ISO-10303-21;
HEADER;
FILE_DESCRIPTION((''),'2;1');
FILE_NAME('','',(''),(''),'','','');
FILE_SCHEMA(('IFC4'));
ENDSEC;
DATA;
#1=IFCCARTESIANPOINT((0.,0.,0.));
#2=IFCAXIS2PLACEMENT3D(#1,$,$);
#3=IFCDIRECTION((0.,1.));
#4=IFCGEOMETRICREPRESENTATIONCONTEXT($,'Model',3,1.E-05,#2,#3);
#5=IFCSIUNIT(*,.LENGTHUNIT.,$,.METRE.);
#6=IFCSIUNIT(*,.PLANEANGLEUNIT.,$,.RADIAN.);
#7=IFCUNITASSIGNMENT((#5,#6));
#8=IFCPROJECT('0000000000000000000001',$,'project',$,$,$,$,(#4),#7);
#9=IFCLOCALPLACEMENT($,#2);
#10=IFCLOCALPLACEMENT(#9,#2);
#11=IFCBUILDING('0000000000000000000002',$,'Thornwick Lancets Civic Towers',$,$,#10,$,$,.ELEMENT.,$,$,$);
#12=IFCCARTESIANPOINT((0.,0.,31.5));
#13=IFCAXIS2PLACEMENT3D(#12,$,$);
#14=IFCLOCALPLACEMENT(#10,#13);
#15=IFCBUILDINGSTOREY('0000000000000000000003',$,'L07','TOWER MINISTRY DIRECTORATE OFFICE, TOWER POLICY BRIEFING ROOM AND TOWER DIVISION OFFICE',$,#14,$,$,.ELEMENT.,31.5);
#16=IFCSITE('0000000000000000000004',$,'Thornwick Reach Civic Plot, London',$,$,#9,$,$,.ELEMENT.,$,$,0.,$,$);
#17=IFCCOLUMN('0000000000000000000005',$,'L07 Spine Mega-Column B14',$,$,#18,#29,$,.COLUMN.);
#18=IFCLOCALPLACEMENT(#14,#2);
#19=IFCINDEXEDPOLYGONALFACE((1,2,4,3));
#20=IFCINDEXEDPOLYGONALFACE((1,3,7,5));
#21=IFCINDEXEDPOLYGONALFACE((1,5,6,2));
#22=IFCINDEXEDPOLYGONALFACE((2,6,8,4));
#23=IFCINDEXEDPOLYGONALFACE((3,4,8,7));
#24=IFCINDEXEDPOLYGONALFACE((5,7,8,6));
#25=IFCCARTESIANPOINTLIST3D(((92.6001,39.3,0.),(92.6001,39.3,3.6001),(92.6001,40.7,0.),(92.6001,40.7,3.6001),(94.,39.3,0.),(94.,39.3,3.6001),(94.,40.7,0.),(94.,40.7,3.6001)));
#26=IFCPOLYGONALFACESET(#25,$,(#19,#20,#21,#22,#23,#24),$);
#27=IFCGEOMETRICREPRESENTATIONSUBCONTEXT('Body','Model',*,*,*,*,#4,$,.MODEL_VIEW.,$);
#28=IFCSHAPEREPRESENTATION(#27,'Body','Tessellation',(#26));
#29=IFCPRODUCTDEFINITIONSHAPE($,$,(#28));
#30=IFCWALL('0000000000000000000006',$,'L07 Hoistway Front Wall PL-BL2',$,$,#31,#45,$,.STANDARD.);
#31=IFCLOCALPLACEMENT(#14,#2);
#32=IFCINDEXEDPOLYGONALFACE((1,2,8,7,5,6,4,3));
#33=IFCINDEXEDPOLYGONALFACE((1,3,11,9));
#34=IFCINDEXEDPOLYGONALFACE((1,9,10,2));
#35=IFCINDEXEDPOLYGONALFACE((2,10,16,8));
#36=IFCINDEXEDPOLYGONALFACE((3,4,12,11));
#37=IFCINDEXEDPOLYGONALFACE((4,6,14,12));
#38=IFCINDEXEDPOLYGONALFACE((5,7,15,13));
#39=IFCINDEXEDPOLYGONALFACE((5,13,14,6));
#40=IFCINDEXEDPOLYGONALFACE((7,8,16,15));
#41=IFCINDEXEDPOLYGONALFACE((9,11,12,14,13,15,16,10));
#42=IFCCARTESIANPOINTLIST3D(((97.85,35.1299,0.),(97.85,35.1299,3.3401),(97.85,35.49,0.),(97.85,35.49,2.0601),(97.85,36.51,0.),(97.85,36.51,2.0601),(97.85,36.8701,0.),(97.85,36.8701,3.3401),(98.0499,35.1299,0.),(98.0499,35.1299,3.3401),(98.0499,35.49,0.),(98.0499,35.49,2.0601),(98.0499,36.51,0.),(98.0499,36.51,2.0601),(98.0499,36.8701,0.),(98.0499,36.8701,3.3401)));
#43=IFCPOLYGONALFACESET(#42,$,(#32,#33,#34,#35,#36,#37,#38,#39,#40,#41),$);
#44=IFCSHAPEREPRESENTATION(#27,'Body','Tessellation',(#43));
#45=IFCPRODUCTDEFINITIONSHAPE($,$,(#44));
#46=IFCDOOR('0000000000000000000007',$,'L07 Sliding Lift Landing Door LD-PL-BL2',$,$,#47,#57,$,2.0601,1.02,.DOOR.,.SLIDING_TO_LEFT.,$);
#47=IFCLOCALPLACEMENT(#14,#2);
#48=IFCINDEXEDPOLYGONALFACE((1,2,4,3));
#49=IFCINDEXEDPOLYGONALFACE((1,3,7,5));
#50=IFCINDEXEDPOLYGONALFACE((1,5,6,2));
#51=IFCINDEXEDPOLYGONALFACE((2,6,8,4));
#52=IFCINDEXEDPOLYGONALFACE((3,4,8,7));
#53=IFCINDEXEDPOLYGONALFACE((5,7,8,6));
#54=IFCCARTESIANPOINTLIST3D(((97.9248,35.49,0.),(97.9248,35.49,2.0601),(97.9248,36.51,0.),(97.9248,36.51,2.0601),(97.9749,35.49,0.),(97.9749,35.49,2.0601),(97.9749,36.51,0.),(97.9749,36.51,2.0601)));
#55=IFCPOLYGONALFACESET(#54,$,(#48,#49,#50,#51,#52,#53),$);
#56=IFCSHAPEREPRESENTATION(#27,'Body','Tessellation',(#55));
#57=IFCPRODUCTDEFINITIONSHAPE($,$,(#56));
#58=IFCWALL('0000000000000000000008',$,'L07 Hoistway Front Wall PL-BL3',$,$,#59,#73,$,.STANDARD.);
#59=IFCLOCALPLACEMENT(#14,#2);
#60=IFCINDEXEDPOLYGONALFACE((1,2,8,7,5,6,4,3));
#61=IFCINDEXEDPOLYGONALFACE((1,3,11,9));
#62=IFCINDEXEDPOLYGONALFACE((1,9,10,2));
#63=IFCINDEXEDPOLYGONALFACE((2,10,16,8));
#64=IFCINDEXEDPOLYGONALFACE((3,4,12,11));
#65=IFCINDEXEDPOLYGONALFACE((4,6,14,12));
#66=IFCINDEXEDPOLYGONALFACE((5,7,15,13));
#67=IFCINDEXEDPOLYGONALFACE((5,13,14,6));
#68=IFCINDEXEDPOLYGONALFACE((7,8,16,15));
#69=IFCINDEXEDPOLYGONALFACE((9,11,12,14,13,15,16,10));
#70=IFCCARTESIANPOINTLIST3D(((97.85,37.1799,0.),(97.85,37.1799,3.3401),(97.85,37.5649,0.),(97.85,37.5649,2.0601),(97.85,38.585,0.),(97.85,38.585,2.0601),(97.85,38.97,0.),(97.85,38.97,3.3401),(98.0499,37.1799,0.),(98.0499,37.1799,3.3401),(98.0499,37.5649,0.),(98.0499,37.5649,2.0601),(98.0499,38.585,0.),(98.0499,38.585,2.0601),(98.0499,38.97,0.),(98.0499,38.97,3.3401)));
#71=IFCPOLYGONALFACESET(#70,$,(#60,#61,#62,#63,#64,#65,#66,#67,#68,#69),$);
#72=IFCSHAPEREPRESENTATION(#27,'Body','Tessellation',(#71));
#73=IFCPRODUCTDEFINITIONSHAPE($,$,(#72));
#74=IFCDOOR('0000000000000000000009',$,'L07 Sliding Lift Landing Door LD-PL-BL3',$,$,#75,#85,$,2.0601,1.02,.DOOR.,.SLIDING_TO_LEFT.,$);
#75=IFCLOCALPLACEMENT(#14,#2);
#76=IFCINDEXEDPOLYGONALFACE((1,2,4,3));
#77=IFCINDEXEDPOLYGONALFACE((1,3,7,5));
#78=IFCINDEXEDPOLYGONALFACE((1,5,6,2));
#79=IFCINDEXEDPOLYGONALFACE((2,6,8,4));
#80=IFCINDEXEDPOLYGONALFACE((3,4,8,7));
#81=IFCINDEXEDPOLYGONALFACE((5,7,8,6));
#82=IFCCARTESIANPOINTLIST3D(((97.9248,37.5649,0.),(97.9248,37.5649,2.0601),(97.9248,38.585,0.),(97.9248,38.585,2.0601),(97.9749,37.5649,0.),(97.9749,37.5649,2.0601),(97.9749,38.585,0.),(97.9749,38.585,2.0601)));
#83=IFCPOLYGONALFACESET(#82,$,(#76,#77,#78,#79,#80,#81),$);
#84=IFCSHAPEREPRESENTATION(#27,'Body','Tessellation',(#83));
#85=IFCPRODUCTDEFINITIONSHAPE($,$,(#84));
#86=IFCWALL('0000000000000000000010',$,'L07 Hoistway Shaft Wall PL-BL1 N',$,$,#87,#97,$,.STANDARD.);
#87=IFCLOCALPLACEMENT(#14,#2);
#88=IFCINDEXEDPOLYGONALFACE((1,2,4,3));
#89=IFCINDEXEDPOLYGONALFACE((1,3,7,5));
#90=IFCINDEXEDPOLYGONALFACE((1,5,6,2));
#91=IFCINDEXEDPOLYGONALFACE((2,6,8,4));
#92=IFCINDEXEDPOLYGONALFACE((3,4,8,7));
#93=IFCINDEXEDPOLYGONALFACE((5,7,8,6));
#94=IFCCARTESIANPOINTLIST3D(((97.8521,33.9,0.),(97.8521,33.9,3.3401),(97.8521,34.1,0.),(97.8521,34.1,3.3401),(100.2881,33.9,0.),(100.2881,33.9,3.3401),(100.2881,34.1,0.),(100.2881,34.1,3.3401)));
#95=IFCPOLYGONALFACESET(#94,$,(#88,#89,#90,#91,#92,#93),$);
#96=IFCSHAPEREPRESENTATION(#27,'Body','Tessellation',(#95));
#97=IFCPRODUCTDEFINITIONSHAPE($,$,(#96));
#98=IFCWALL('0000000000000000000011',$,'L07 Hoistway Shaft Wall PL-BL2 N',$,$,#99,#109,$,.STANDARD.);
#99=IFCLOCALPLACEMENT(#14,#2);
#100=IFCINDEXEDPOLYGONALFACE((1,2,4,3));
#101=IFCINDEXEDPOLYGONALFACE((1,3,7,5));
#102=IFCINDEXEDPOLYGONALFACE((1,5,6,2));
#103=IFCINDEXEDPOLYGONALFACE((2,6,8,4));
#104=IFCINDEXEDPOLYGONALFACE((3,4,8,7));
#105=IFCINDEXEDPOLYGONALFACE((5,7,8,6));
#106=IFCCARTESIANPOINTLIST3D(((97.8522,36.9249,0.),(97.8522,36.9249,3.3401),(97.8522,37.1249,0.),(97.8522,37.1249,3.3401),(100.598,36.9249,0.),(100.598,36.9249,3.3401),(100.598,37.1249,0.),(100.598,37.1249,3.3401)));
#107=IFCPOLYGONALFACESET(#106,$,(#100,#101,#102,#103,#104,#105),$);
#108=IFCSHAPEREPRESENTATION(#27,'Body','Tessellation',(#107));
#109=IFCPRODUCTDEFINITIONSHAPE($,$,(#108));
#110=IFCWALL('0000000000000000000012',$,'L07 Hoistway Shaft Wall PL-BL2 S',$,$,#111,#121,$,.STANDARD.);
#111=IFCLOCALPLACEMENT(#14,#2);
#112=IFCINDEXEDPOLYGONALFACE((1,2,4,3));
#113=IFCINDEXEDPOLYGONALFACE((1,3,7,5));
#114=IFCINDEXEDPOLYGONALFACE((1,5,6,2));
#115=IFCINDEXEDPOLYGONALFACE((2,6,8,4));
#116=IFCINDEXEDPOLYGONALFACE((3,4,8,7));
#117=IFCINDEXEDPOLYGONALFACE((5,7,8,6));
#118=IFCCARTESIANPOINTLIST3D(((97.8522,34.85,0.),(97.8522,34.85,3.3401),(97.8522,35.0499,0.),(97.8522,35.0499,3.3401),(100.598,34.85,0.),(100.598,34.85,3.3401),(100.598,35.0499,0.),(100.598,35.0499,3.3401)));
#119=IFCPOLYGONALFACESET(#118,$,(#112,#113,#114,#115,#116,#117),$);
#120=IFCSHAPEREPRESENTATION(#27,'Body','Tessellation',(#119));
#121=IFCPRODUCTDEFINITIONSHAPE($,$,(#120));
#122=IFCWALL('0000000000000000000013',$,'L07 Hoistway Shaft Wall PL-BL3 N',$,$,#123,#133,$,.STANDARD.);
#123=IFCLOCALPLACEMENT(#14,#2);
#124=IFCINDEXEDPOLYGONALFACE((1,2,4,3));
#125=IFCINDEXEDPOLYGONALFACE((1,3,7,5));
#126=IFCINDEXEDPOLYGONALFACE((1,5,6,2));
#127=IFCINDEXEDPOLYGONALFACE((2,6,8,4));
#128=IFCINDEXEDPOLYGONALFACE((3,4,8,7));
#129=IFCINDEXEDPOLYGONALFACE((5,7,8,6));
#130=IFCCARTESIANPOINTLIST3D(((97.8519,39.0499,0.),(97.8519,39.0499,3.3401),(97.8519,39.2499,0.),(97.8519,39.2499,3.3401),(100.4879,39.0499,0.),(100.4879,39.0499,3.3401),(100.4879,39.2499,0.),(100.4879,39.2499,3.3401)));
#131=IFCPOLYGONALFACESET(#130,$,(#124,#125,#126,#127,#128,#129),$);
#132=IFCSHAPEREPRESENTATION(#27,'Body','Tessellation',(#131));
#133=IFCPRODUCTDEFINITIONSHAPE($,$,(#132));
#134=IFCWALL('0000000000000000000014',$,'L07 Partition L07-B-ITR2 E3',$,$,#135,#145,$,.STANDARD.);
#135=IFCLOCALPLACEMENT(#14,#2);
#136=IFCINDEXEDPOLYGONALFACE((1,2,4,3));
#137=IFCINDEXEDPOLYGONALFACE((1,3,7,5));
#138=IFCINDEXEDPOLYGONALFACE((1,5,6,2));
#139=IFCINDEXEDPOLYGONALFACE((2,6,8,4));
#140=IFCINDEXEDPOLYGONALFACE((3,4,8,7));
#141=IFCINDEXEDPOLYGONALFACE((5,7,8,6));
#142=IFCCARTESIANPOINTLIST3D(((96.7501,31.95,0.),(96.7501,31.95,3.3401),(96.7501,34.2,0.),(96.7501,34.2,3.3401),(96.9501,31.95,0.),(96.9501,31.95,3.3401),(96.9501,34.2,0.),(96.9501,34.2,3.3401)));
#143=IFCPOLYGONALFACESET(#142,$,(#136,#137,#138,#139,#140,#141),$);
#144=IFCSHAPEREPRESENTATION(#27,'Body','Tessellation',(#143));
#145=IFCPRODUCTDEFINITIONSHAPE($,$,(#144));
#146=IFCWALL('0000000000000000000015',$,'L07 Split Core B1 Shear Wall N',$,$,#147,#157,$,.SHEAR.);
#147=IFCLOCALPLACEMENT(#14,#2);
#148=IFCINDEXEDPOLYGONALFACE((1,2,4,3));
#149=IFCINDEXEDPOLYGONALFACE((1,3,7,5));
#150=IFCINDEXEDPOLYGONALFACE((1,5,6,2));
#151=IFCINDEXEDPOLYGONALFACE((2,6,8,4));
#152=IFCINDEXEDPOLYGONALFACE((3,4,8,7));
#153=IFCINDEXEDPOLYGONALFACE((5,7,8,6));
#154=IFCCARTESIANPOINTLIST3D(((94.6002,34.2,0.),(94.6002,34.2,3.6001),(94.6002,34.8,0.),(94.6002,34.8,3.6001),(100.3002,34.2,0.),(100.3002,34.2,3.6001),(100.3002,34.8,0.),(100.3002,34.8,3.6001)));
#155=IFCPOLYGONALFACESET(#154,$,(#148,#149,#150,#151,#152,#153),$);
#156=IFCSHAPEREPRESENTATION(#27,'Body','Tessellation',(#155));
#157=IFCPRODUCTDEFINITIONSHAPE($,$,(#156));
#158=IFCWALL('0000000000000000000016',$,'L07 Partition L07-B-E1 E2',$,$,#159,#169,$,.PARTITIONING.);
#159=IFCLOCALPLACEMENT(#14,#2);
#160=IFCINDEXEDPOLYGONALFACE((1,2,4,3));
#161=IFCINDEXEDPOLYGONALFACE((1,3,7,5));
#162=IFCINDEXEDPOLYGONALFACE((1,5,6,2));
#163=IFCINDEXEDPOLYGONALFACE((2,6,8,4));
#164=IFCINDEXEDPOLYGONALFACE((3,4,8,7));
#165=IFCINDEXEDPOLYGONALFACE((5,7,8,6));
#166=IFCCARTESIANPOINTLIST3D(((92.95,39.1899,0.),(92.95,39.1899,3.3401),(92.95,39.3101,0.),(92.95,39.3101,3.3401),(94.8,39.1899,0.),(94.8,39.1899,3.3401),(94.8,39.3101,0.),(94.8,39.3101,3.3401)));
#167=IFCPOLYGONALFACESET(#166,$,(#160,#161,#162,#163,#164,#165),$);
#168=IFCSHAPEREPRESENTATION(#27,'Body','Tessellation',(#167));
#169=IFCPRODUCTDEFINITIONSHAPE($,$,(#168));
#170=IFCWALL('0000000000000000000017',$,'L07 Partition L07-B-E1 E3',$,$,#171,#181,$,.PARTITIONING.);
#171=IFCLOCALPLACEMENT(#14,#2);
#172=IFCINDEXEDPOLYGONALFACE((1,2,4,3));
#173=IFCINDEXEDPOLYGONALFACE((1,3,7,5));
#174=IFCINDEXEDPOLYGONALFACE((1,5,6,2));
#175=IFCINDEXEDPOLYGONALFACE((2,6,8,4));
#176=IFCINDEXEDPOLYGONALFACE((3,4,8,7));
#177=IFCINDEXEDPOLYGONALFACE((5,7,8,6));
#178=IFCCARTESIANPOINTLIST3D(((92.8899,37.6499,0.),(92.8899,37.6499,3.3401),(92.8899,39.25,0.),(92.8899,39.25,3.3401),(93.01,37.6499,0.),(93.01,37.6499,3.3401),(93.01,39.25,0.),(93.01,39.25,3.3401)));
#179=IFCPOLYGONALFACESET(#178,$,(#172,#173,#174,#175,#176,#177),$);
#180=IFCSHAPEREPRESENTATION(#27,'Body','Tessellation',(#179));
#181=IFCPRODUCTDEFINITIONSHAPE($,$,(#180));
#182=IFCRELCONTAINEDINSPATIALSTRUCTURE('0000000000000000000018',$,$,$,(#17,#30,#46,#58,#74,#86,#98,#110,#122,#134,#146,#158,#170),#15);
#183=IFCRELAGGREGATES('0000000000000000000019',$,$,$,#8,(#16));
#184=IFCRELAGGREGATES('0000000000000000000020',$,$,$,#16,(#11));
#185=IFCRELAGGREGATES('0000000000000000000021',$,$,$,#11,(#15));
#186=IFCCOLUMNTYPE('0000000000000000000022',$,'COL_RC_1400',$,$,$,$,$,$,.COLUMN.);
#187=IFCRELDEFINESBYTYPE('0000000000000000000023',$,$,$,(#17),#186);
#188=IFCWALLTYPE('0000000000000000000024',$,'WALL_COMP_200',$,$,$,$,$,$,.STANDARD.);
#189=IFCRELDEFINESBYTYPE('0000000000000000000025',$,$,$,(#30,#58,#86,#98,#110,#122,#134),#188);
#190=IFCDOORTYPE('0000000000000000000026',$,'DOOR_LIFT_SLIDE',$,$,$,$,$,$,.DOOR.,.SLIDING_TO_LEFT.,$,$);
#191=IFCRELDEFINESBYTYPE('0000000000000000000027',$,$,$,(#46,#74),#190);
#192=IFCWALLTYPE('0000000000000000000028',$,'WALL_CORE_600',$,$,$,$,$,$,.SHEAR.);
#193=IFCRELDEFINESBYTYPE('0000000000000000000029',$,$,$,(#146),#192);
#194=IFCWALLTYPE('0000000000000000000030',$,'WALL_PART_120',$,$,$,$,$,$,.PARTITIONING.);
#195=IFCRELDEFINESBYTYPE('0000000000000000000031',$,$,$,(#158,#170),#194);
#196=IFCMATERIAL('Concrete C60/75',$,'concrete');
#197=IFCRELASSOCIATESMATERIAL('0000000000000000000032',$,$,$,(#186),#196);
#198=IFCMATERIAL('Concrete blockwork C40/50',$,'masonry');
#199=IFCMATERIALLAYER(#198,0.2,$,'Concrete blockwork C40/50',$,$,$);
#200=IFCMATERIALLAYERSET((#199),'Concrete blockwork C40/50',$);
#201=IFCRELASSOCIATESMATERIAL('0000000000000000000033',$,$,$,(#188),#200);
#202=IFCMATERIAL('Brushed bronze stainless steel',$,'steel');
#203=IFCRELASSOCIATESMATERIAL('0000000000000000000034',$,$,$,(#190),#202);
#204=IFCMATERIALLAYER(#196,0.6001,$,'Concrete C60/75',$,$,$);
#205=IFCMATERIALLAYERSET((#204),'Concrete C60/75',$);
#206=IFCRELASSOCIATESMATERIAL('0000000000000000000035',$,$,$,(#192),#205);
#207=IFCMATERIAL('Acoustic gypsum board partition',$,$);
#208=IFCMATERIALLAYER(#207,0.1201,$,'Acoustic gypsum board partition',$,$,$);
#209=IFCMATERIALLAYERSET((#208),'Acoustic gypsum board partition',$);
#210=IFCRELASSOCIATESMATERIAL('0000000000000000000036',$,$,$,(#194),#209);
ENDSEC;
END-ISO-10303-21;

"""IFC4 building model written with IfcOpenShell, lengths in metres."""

from ifc_helpers import new_model, si_unit, direction, frame, frame_2d, origin, origin_2d, place, context, subcontext, project, spatial, rectangle, extrude, material, layer, layer_set, material_profile, profile_set, type_object, element, fill, save


model = new_model("IFC4")

# Units and contexts
model_context = context("Model", 3, precision=1e-05, world=origin(), true_north=direction((0.0, 1.0)))
body_context = subcontext(model_context, "Body", "Model", "MODEL_VIEW")
ifc_project = project(units=[si_unit("LENGTHUNIT", "METRE"), si_unit("PLANEANGLEUNIT", "RADIAN")], contexts=[model_context])

# Site, building, storey
site_placement = place(None, origin())
site = spatial("IfcSite", under=ifc_project, at=site_placement, Name="Thornwick Reach Civic Plot, London", CompositionType="ELEMENT", RefElevation=0.0)
building_placement = place(site_placement, origin())
building = spatial("IfcBuilding", under=site, at=building_placement, Name="Thornwick Lancets Civic Towers", CompositionType="ELEMENT")
storey_placement = place(building_placement, frame((0.0, 0.0, 31.5)))
storey = spatial("IfcBuildingStorey", under=building, at=storey_placement, Name="L07", Description="TOWER MINISTRY DIRECTORATE OFFICE, TOWER POLICY BRIEFING ROOM AND TOWER DIVISION OFFICE", CompositionType="ELEMENT", Elevation=31.5)

# Column
ifc_material_1 = material(Name="Concrete C60/75", Category="concrete")
ifc_material_profile = material_profile(ifc_material_1, rectangle(XDim=1.3999, YDim=1.3999, at=origin_2d()), Name="RC 1400x1400")
ifc_profile_set = profile_set([ifc_material_profile], Name="Concrete C60/75")
column_type = type_object("IfcColumnType", Name="COL_RC_1400", PredefinedType="COLUMN", material=ifc_profile_set)
column_placement = place(storey_placement, frame((93.3, 40.0, 0.0), z_axis=(0.0, 0.0, 1.0), x_axis=(1.0, 0.0, 0.0)))
element("IfcColumn", 1, at=column_placement, inside=storey, type_object=column_type, Name="L07 Spine Mega-Column B14", PredefinedType="COLUMN", context=body_context, shape_type="SweptSolid", body=[
    extrude(rectangle(XDim=1.3999, YDim=1.3999, at=origin_2d()), origin(), (0.0, 0.0, 1.0), 3.6001),
])

# Walls, openings, doors
ifc_material_2 = material(Name="Concrete blockwork C40/50", Category="masonry")
ifc_layer_1 = layer(ifc_material_2, 0.2, Name="Concrete blockwork C40/50")
ifc_layer_set_1 = layer_set([ifc_layer_1], Name="Concrete blockwork C40/50")
wall_type_1 = type_object("IfcWallType", Name="WALL_COMP_200", PredefinedType="STANDARD", material=ifc_layer_set_1)
wall_1_placement = place(storey_placement, frame((97.95, 36.8701, 0.0), z_axis=(0.0, 0.0, 1.0), x_axis=(0.0, -1.0, 0.0)))
wall_1 = element("IfcWall", 2, at=wall_1_placement, inside=storey, type_object=wall_type_1, Name="L07 Hoistway Front Wall PL-BL2", PredefinedType="STANDARD", context=body_context, shape_type="SweptSolid", body=[
    extrude(rectangle(XDim=1.7402, YDim=0.2, at=frame_2d((0.8701, 0.0))), origin(), (0.0, 0.0, 1.0), 3.3401),
])
opening_1_placement = place(wall_1_placement, frame((0.3601, 0.0, 0.0)))
opening_1 = element("IfcOpeningElement", 3, at=opening_1_placement, cuts=wall_1, PredefinedType="OPENING", context=body_context, shape_type="SweptSolid", body=[
    extrude(rectangle(XDim=1.02, YDim=2.0601, at=frame_2d((0.51, 1.03))), frame((0.0, 0.1099, 0.0), z_axis=(0.0, -1.0, 0.0), x_axis=(1.0, 0.0, 0.0)), (0.0, 0.0, 1.0), 0.22),
])
ifc_material_3 = material(Name="Brushed bronze stainless steel", Category="steel")
door_type_1 = type_object("IfcDoorType", Name="DOOR_LIFT_SLIDE", OperationType="SLIDING_TO_LEFT", PredefinedType="DOOR", material=ifc_material_3)
door_1_placement = place(opening_1_placement, origin())
door_1 = element("IfcDoor", 4, at=door_1_placement, inside=storey, type_object=door_type_1, Name="L07 Sliding Lift Landing Door LD-PL-BL2", OperationType="SLIDING_TO_LEFT", OverallHeight=2.0601, OverallWidth=1.02, PredefinedType="DOOR", context=body_context, shape_type="SweptSolid", body=[
    extrude(rectangle(XDim=1.02, YDim=2.0601, at=frame_2d((0.51, 1.03))), frame((0.0, 0.0249, 0.0), z_axis=(0.0, -1.0, 0.0), x_axis=(1.0, 0.0, 0.0)), (0.0, 0.0, 1.0), 0.05),
])
fill(opening_1, door_1)
wall_2_placement = place(storey_placement, frame((97.95, 38.97, 0.0), z_axis=(0.0, 0.0, 1.0), x_axis=(0.0, -1.0, 0.0)))
wall_2 = element("IfcWall", 5, at=wall_2_placement, inside=storey, type_object=wall_type_1, Name="L07 Hoistway Front Wall PL-BL3", PredefinedType="STANDARD", context=body_context, shape_type="SweptSolid", body=[
    extrude(rectangle(XDim=1.79, YDim=0.2, at=frame_2d((0.895, 0.0))), origin(), (0.0, 0.0, 1.0), 3.3401),
])
opening_2_placement = place(wall_2_placement, frame((0.385, 0.0, 0.0)))
opening_2 = element("IfcOpeningElement", 6, at=opening_2_placement, cuts=wall_2, PredefinedType="OPENING", context=body_context, shape_type="SweptSolid", body=[
    extrude(rectangle(XDim=1.02, YDim=2.0601, at=frame_2d((0.51, 1.03))), frame((0.0, 0.1099, 0.0), z_axis=(0.0, -1.0, 0.0), x_axis=(1.0, 0.0, 0.0)), (0.0, 0.0, 1.0), 0.22),
])
door_2_placement = place(opening_2_placement, origin())
door_2 = element("IfcDoor", 7, at=door_2_placement, inside=storey, type_object=door_type_1, Name="L07 Sliding Lift Landing Door LD-PL-BL3", OperationType="SLIDING_TO_LEFT", OverallHeight=2.0601, OverallWidth=1.02, PredefinedType="DOOR", context=body_context, shape_type="SweptSolid", body=[
    extrude(rectangle(XDim=1.02, YDim=2.0601, at=frame_2d((0.51, 1.03))), frame((0.0, 0.0249, 0.0), z_axis=(0.0, -1.0, 0.0), x_axis=(1.0, 0.0, 0.0)), (0.0, 0.0, 1.0), 0.05),
])
fill(opening_2, door_2)

# Walls
wall_3_placement = place(storey_placement, frame((97.8521, 34.0, 0.0), z_axis=(0.0, 0.0, 1.0), x_axis=(1.0, 0.0, 0.0)))
element("IfcWall", 8, at=wall_3_placement, inside=storey, type_object=wall_type_1, Name="L07 Hoistway Shaft Wall PL-BL1 N", PredefinedType="STANDARD", context=body_context, shape_type="SweptSolid", body=[
    extrude(rectangle(XDim=2.436, YDim=0.2, at=frame_2d((1.218, 0.0))), origin(), (0.0, 0.0, 1.0), 3.3401),
])
for number, where, z_axis, x_axis, name in (
    (9, (97.8521, 37.0249, 0.0), (0.0, 0.0, 1.0), (1.0, 0.0, 0.0), "L07 Hoistway Shaft Wall PL-BL2 N"),
    (10, (97.8521, 34.95, 0.0), (0.0, 0.0, 1.0), (1.0, 0.0, 0.0), "L07 Hoistway Shaft Wall PL-BL2 S"),
):
    element("IfcWall", number, at=place(storey_placement, frame(where, z_axis=z_axis, x_axis=x_axis)), inside=storey, type_object=wall_type_1, Name=name, PredefinedType="STANDARD", context=body_context, shape_type="SweptSolid", body=[
        extrude(rectangle(XDim=2.7458, YDim=0.2, at=frame_2d((1.373, 0.0))), origin(), (0.0, 0.0, 1.0), 3.3401),
    ])
wall_4_placement = place(storey_placement, frame((97.8521, 39.1499, 0.0), z_axis=(0.0, 0.0, 1.0), x_axis=(1.0, 0.0, 0.0)))
element("IfcWall", 11, at=wall_4_placement, inside=storey, type_object=wall_type_1, Name="L07 Hoistway Shaft Wall PL-BL3 N", PredefinedType="STANDARD", context=body_context, shape_type="SweptSolid", body=[
    extrude(rectangle(XDim=2.636, YDim=0.2, at=frame_2d((1.3179, 0.0))), origin(), (0.0, 0.0, 1.0), 3.3401),
])
wall_5_placement = place(storey_placement, frame((96.8501, 34.2, 0.0), z_axis=(0.0, 0.0, 1.0), x_axis=(0.0, -1.0, 0.0)))
element("IfcWall", 12, at=wall_5_placement, inside=storey, type_object=wall_type_1, Name="L07 Partition L07-B-ITR2 E3", PredefinedType="STANDARD", context=body_context, shape_type="SweptSolid", body=[
    extrude(rectangle(XDim=2.25, YDim=0.2, at=frame_2d((1.125, 0.0))), origin(), (0.0, 0.0, 1.0), 3.3401),
])
ifc_layer_2 = layer(ifc_material_1, 0.6001, Name="Concrete C60/75")
ifc_layer_set_2 = layer_set([ifc_layer_2], Name="Concrete C60/75")
wall_type_2 = type_object("IfcWallType", Name="WALL_CORE_600", PredefinedType="SHEAR", material=ifc_layer_set_2)
wall_6_placement = place(storey_placement, frame((94.6001, 34.5, 0.0), z_axis=(0.0, 0.0, 1.0), x_axis=(1.0, 0.0, 0.0)))
element("IfcWall", 13, at=wall_6_placement, inside=storey, type_object=wall_type_2, Name="L07 Split Core B1 Shear Wall N", PredefinedType="SHEAR", context=body_context, shape_type="SweptSolid", body=[
    extrude(rectangle(XDim=5.7, YDim=0.6001, at=frame_2d((2.8501, 0.0))), origin(), (0.0, 0.0, 1.0), 3.6001),
])
ifc_material_4 = material(Name="Acoustic gypsum board partition")
ifc_layer_3 = layer(ifc_material_4, 0.1201, Name="Acoustic gypsum board partition")
ifc_layer_set_3 = layer_set([ifc_layer_3], Name="Acoustic gypsum board partition")
wall_type_3 = type_object("IfcWallType", Name="WALL_PART_120", PredefinedType="PARTITIONING", material=ifc_layer_set_3)
wall_7_placement = place(storey_placement, frame((94.8, 39.25, 0.0), z_axis=(0.0, 0.0, 1.0), x_axis=(-1.0, 0.0, 0.0)))
element("IfcWall", 14, at=wall_7_placement, inside=storey, type_object=wall_type_3, Name="L07 Partition L07-B-E1 E2", PredefinedType="PARTITIONING", context=body_context, shape_type="SweptSolid", body=[
    extrude(rectangle(XDim=1.8501, YDim=0.1201, at=frame_2d((0.925, 0.0))), origin(), (0.0, 0.0, 1.0), 3.3401),
])
wall_8_placement = place(storey_placement, frame((92.95, 39.25, 0.0), z_axis=(0.0, 0.0, 1.0), x_axis=(0.0, -1.0, 0.0)))
element("IfcWall", 15, at=wall_8_placement, inside=storey, type_object=wall_type_3, Name="L07 Partition L07-B-E1 E3", PredefinedType="PARTITIONING", context=body_context, shape_type="SweptSolid", body=[
    extrude(rectangle(XDim=1.6001, YDim=0.1201, at=frame_2d((0.8, 0.0))), origin(), (0.0, 0.0, 1.0), 3.3401),
])

save(model, "model.ifc")
